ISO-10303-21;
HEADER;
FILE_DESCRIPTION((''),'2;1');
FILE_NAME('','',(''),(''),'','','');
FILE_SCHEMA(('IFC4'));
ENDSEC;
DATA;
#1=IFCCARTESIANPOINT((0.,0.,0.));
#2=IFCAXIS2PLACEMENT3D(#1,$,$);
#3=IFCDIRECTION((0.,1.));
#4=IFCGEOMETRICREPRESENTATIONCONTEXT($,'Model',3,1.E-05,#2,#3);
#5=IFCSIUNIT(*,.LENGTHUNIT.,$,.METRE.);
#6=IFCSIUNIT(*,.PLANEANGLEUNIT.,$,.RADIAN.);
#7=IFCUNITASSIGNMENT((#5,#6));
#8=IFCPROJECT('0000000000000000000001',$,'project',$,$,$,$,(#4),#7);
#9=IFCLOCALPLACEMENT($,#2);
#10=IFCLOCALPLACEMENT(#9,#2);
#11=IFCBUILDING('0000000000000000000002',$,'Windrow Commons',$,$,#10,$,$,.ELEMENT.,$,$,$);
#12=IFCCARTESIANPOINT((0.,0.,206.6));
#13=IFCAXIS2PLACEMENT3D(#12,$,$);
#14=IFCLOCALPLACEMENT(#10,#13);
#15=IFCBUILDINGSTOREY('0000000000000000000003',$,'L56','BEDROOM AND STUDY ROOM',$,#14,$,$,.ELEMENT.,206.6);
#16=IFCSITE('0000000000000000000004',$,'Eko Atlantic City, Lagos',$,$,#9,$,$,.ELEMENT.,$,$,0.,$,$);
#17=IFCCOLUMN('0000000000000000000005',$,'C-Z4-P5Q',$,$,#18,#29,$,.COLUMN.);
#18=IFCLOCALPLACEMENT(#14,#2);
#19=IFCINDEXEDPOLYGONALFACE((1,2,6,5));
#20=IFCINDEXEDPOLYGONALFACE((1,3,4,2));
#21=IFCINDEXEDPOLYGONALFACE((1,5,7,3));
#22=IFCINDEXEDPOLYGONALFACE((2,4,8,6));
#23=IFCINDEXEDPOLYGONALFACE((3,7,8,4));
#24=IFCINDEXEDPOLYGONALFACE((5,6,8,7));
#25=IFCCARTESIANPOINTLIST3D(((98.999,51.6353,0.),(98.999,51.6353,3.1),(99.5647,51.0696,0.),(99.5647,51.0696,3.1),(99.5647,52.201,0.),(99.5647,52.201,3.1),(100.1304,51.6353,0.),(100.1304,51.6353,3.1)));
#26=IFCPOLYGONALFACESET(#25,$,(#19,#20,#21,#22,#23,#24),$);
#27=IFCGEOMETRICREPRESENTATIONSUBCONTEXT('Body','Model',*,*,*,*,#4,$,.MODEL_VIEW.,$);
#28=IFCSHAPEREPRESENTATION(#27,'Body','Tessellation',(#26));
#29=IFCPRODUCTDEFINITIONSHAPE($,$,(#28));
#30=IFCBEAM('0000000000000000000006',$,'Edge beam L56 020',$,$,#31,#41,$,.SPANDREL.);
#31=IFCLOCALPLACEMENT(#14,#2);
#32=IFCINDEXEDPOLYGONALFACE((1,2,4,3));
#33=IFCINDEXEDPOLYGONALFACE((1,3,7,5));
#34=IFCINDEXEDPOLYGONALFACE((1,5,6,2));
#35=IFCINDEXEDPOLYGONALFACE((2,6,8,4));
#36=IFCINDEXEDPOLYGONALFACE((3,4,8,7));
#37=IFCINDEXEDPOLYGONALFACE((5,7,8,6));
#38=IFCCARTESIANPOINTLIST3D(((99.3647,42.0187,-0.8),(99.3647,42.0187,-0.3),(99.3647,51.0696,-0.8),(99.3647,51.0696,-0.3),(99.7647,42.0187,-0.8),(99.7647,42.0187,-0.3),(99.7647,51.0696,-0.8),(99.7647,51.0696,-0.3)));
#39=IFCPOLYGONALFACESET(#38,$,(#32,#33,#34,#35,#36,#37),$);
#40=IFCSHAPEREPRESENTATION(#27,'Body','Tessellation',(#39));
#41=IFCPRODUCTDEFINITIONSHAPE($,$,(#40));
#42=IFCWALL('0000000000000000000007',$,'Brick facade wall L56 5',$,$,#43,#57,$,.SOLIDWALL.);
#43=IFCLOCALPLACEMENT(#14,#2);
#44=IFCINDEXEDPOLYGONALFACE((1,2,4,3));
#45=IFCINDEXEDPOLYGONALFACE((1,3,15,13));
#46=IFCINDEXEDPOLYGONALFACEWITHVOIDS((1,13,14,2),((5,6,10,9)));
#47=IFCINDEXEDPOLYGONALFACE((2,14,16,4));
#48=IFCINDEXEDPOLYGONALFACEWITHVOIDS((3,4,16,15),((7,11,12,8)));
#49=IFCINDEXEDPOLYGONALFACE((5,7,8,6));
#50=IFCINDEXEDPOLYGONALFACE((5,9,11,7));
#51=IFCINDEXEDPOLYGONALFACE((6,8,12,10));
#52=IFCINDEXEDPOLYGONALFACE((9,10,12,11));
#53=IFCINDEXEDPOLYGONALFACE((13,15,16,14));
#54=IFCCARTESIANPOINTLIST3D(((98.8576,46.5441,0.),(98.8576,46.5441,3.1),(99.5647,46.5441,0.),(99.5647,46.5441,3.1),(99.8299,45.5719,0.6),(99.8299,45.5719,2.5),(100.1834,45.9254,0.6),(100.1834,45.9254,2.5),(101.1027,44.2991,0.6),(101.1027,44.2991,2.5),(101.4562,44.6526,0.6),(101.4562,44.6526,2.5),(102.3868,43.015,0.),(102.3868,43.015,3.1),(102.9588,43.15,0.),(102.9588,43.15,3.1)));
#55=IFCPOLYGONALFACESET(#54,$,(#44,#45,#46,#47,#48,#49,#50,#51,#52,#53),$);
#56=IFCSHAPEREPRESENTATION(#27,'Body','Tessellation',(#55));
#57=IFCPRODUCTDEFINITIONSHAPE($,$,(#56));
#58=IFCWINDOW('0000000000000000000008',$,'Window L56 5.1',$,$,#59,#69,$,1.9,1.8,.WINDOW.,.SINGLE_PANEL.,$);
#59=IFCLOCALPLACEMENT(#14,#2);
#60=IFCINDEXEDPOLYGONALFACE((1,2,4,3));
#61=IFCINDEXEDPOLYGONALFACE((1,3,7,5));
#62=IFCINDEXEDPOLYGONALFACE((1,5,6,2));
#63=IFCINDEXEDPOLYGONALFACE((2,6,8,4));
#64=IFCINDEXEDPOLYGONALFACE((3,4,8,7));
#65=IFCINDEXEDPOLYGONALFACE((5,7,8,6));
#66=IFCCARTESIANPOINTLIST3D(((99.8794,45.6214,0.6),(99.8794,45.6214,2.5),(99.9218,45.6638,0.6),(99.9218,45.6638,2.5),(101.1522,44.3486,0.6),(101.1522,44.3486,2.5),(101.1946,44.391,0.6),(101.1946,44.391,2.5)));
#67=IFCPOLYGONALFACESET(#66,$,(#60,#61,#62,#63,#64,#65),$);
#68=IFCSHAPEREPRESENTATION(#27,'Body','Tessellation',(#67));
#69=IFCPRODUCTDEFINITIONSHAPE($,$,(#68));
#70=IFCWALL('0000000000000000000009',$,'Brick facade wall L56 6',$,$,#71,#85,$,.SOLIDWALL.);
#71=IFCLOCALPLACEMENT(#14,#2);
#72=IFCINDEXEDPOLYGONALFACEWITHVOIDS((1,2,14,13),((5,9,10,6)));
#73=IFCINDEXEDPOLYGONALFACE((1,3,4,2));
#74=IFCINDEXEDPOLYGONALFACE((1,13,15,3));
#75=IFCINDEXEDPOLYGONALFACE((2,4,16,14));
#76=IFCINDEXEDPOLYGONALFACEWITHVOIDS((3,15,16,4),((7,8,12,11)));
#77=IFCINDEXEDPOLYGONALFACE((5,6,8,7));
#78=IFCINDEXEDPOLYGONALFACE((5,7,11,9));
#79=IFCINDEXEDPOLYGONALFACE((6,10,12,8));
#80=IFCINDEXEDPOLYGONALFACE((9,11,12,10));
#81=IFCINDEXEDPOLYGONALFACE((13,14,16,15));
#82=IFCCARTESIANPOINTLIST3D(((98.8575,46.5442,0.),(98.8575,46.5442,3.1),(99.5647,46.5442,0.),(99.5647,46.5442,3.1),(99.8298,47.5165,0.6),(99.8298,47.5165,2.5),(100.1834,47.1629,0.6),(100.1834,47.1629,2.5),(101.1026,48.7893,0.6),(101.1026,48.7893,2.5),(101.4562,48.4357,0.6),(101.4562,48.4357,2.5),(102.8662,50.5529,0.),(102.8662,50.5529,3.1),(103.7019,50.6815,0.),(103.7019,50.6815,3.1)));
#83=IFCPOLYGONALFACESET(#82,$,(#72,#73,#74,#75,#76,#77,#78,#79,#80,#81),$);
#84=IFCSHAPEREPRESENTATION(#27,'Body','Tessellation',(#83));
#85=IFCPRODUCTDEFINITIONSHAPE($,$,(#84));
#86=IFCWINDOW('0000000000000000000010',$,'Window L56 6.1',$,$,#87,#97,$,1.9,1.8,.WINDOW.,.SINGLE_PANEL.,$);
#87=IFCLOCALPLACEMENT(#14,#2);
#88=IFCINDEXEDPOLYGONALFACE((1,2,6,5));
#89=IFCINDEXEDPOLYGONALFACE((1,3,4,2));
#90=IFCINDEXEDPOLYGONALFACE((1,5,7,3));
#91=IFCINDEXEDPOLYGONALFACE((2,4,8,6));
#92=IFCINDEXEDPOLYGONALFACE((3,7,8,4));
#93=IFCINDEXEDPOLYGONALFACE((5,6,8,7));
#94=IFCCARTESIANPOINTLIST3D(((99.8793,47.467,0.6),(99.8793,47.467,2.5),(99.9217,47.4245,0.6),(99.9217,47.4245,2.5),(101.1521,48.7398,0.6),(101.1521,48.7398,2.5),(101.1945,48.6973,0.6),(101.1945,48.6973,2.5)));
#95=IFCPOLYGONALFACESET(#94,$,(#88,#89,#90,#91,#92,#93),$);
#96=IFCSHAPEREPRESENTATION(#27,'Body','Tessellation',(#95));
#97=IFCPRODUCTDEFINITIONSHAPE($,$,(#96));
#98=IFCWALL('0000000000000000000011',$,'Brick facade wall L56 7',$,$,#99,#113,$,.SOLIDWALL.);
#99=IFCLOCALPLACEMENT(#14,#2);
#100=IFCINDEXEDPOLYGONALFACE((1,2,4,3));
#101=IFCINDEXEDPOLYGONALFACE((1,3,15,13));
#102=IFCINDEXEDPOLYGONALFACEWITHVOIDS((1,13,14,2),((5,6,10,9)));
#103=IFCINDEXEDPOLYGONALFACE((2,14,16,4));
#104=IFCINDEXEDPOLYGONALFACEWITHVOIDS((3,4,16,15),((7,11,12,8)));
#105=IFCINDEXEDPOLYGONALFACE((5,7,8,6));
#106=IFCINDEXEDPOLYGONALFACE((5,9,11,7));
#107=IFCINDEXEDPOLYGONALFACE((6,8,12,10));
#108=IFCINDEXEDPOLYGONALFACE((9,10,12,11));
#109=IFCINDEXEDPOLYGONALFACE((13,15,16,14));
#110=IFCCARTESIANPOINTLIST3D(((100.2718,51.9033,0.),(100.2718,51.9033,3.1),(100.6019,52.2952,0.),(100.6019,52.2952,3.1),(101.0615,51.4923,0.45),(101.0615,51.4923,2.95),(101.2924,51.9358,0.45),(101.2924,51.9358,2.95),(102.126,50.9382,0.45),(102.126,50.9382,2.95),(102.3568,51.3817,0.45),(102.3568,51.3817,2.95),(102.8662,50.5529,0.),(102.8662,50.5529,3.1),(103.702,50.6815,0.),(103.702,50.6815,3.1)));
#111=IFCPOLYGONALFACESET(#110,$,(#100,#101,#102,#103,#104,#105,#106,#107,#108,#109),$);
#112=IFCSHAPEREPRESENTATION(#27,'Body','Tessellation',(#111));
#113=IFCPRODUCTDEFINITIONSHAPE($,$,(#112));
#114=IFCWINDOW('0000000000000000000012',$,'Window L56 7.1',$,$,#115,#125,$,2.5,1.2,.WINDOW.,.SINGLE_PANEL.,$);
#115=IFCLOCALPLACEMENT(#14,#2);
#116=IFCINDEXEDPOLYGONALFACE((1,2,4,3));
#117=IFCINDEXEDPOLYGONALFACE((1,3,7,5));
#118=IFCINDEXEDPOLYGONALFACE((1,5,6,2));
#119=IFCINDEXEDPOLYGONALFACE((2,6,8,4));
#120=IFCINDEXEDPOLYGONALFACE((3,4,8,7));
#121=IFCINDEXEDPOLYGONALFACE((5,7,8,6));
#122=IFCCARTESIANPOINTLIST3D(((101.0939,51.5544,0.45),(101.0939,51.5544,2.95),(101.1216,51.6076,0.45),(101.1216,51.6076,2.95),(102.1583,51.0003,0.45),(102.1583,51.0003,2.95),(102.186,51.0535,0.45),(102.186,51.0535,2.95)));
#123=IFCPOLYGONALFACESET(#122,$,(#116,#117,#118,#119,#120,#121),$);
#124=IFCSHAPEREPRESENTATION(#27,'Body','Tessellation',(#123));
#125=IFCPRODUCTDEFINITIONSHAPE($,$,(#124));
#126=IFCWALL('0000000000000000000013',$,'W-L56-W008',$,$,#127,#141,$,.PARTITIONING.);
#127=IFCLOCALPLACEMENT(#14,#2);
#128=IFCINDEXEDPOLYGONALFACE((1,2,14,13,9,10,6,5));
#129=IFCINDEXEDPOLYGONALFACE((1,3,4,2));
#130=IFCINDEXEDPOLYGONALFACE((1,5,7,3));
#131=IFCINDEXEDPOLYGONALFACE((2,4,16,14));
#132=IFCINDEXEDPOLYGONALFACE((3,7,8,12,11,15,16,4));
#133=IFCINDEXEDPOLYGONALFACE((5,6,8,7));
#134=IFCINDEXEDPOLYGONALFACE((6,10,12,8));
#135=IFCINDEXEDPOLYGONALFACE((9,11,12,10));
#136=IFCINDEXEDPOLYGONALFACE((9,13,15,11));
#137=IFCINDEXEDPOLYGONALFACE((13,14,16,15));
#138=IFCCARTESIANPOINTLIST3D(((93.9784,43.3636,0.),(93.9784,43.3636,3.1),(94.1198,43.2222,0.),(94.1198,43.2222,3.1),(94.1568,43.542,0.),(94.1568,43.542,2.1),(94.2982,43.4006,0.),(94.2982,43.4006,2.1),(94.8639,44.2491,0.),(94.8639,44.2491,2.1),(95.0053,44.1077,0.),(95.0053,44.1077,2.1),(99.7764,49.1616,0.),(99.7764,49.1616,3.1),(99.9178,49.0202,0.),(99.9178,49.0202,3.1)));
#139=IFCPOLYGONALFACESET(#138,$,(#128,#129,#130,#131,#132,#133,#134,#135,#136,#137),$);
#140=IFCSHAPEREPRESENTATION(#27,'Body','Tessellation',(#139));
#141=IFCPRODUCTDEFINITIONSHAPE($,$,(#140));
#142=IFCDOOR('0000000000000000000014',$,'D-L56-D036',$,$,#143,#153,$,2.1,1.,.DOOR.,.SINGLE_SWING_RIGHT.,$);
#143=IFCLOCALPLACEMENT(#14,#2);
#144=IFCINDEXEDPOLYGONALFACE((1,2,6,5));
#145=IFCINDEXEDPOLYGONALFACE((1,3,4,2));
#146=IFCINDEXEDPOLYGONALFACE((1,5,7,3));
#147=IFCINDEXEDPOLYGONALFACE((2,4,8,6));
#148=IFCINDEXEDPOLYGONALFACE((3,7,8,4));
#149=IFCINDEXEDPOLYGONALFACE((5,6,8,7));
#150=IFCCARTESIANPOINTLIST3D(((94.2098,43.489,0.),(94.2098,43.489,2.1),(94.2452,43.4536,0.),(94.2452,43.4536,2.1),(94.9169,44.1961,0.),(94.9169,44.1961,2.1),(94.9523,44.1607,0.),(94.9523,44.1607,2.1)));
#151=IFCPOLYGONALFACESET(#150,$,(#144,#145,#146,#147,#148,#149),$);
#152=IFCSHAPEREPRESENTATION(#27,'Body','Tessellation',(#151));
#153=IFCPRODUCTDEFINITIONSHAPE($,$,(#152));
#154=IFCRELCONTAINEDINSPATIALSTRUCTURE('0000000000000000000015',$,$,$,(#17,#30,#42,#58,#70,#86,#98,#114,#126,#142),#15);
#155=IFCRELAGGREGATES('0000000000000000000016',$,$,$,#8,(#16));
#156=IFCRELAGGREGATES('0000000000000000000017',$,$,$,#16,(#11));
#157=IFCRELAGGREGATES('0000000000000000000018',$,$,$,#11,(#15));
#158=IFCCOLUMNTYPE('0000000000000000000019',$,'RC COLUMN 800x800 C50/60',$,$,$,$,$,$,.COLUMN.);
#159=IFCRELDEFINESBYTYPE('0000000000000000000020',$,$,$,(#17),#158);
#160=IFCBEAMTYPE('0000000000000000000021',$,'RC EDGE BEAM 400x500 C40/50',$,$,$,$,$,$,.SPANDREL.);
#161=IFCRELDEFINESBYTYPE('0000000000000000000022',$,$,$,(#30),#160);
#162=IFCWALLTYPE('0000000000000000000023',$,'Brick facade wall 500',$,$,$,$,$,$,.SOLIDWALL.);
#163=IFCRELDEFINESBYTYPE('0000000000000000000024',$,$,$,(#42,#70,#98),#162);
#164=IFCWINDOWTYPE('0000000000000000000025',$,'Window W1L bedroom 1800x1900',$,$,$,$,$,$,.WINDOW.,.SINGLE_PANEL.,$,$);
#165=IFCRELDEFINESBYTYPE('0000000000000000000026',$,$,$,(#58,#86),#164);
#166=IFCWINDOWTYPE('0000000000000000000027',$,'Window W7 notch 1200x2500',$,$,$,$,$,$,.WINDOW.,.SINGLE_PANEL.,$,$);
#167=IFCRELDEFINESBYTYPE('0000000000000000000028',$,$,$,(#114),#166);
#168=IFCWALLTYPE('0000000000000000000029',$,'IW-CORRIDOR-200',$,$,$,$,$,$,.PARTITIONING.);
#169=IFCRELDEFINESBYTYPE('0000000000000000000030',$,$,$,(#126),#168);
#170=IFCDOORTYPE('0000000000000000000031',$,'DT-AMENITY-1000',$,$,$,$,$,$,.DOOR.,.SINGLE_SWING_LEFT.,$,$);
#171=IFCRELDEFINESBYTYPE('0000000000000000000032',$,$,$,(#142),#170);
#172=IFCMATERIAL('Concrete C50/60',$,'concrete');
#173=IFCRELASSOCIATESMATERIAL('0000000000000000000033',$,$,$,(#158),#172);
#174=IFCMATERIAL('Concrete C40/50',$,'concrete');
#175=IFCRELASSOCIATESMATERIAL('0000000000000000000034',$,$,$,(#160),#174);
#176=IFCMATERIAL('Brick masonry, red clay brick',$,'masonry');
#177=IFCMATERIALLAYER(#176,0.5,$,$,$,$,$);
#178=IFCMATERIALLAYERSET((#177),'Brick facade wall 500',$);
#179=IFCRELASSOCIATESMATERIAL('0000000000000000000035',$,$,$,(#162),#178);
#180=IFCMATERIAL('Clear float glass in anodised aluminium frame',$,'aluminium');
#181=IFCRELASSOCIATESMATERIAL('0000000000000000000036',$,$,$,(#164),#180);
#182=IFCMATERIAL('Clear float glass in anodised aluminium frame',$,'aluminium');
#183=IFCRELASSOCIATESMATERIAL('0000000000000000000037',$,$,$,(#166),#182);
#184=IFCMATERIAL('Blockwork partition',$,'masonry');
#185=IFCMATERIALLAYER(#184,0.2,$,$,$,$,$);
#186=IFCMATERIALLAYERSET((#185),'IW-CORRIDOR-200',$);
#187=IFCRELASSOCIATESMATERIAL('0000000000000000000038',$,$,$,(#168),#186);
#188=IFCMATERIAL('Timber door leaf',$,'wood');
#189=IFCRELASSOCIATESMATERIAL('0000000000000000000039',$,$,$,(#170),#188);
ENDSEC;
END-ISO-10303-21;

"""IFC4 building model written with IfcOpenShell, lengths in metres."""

from ifc_helpers import new_model, si_unit, direction, frame, frame_2d, origin, origin_2d, place, context, subcontext, project, spatial, polyline, rectangle, outline, extrude, material, layer, layer_set, material_profile, profile_set, type_object, element, fill, save


model = new_model("IFC4")

# Units and contexts
model_context = context("Model", 3, precision=1e-05, world=origin(), true_north=direction((0.0, 1.0)))
body_context = subcontext(model_context, "Body", "Model", "MODEL_VIEW")
ifc_project = project(units=[si_unit("LENGTHUNIT", "METRE"), si_unit("PLANEANGLEUNIT", "RADIAN")], contexts=[model_context])

# Site, building, storey
site_placement = place(None, origin())
site = spatial("IfcSite", under=ifc_project, at=site_placement, Name="Eko Atlantic City, Lagos", CompositionType="ELEMENT", RefElevation=0.0)
building_placement = place(site_placement, origin())
building = spatial("IfcBuilding", under=site, at=building_placement, Name="Windrow Commons", CompositionType="ELEMENT")
storey_placement = place(building_placement, frame((0.0, 0.0, 206.6)))
storey = spatial("IfcBuildingStorey", under=building, at=storey_placement, Name="L56", Description="BEDROOM AND STUDY ROOM", CompositionType="ELEMENT", Elevation=206.6)

# Column
ifc_material_1 = material(Name="Concrete C50/60", Category="concrete")
ifc_material_profile_1 = material_profile(ifc_material_1, rectangle(XDim=0.8, YDim=0.8, at=origin_2d()))
ifc_profile_set_1 = profile_set([ifc_material_profile_1], Name="Concrete C50/60")
column_type = type_object("IfcColumnType", Name="RC COLUMN 800x800 C50/60", PredefinedType="COLUMN", material=ifc_profile_set_1)
column_placement = place(storey_placement, frame((99.5647, 51.6353, 0.0), z_axis=(0.0, 0.0, 1.0), x_axis=(0.707107, -0.707107, 0.0)))
element("IfcColumn", 1, at=column_placement, inside=storey, type_object=column_type, Name="C-Z4-P5Q", PredefinedType="COLUMN", context=body_context, shape_type="SweptSolid", body=[
    extrude(rectangle(XDim=0.8, YDim=0.8, at=origin_2d()), origin(), (0.0, 0.0, 1.0), 3.1),
])

# Beam
ifc_material_2 = material(Name="Concrete C40/50", Category="concrete")
ifc_material_profile_2 = material_profile(ifc_material_2, rectangle(XDim=0.4, YDim=0.5, at=origin_2d()))
ifc_profile_set_2 = profile_set([ifc_material_profile_2], Name="Concrete C40/50")
beam_type = type_object("IfcBeamType", Name="RC EDGE BEAM 400x500 C40/50", PredefinedType="SPANDREL", material=ifc_profile_set_2)
beam_placement = place(storey_placement, frame((99.5647, 51.0696, -0.55), z_axis=(0.0, -1.0, 0.0), x_axis=(1.0, 0.0, 0.0)))
element("IfcBeam", 2, at=beam_placement, inside=storey, type_object=beam_type, Name="Edge beam L56 020", PredefinedType="SPANDREL", context=body_context, shape_type="SweptSolid", body=[
    extrude(rectangle(XDim=0.4, YDim=0.5, at=origin_2d()), origin(), (0.0, 0.0, 1.0), 9.0509),
])

# Walls, openings, windows
ifc_material_3 = material(Name="Brick masonry, red clay brick", Category="masonry")
ifc_layer_1 = layer(ifc_material_3, 0.5)
ifc_layer_set_1 = layer_set([ifc_layer_1], Name="Brick facade wall 500")
wall_type_1 = type_object("IfcWallType", Name="Brick facade wall 500", PredefinedType="SOLIDWALL", material=ifc_layer_set_1)
wall_1_placement = place(storey_placement, frame((102.6728, 43.0825, 0.0), z_axis=(0.0, 0.0, 1.0), x_axis=(-0.707107, 0.707107, 0.0)))
wall_1 = element("IfcWall", 3, at=wall_1_placement, inside=storey, type_object=wall_type_1, Name="Brick facade wall L56 5", PredefinedType="SOLIDWALL", context=body_context, shape_type="SweptSolid", body=[
    extrude(outline(polyline([(-0.1545, -0.25), (4.6455, -0.25), (5.1455, 0.25), (0.1545, 0.25), (-0.1545, -0.25)])), origin(), (0.0, 0.0, 1.0), 3.1),
])
opening_1_placement = place(wall_1_placement, frame((1.9705, 0.0, 0.6)))
opening_1 = element("IfcOpeningElement", 4, at=opening_1_placement, cuts=wall_1, PredefinedType="OPENING", context=body_context, shape_type="SweptSolid", body=[
    extrude(rectangle(XDim=1.8, YDim=1.9, at=frame_2d((0.9, 0.95))), frame((0.0, 0.26, 0.0), z_axis=(0.0, -1.0, 0.0), x_axis=(1.0, 0.0, 0.0)), (0.0, 0.0, 1.0), 0.52),
])
ifc_material_4 = material(Name="Clear float glass in anodised aluminium frame", Category="aluminium")
window_type_1 = type_object("IfcWindowType", Name="Window W1L bedroom 1800x1900", PartitioningType="SINGLE_PANEL", PredefinedType="WINDOW", material=ifc_material_4)
window_1_placement = place(opening_1_placement, origin())
window_1 = element("IfcWindow", 5, at=window_1_placement, inside=storey, type_object=window_type_1, Name="Window L56 5.1", OverallHeight=1.9, OverallWidth=1.8, PartitioningType="SINGLE_PANEL", PredefinedType="WINDOW", context=body_context, shape_type="SweptSolid", body=[
    extrude(rectangle(XDim=1.8, YDim=1.9, at=frame_2d((0.9, 0.95))), frame((0.0, 0.18, 0.0), z_axis=(0.0, -1.0, 0.0), x_axis=(1.0, 0.0, 0.0)), (0.0, 0.0, 1.0), 0.06),
])
fill(opening_1, window_1)
wall_2_placement = place(storey_placement, frame((99.2111, 46.5442, 0.0), z_axis=(0.0, 0.0, 1.0), x_axis=(0.707107, 0.707107, 0.0)))
wall_2 = element("IfcWall", 6, at=wall_2_placement, inside=storey, type_object=wall_type_1, Name="Brick facade wall L56 6", PredefinedType="SOLIDWALL", context=body_context, shape_type="SweptSolid", body=[
    extrude(outline(polyline([(0.25, -0.25), (6.101, -0.25), (5.4191, 0.25), (-0.25, 0.25), (0.25, -0.25)])), origin(), (0.0, 0.0, 1.0), 3.1),
])
opening_2_placement = place(wall_2_placement, frame((1.125, 0.0, 0.6)))
opening_2 = element("IfcOpeningElement", 7, at=opening_2_placement, cuts=wall_2, PredefinedType="OPENING", context=body_context, shape_type="SweptSolid", body=[
    extrude(rectangle(XDim=1.8, YDim=1.9, at=frame_2d((0.9, 0.95))), frame((0.0, 0.26, 0.0), z_axis=(0.0, -1.0, 0.0), x_axis=(1.0, 0.0, 0.0)), (0.0, 0.0, 1.0), 0.52),
])
window_2_placement = place(opening_2_placement, origin())
window_2 = element("IfcWindow", 8, at=window_2_placement, inside=storey, type_object=window_type_1, Name="Window L56 6.1", OverallHeight=1.9, OverallWidth=1.8, PartitioningType="SINGLE_PANEL", PredefinedType="WINDOW", context=body_context, shape_type="SweptSolid", body=[
    extrude(rectangle(XDim=1.8, YDim=1.9, at=frame_2d((0.9, 0.95))), frame((0.0, 0.18, 0.0), z_axis=(0.0, -1.0, 0.0), x_axis=(1.0, 0.0, 0.0)), (0.0, 0.0, 1.0), 0.06),
])
fill(opening_2, window_2)
wall_3_placement = place(storey_placement, frame((103.2841, 50.6172, 0.0), z_axis=(0.0, 0.0, 1.0), x_axis=(-0.887025, 0.461722, 0.0)))
wall_3 = element("IfcWall", 9, at=wall_3_placement, inside=storey, type_object=wall_type_1, Name="Brick facade wall L56 7", PredefinedType="SOLIDWALL", context=body_context, shape_type="SweptSolid", body=[
    extrude(outline(polyline([(-0.341, -0.25), (3.154, -0.25), (3.2658, 0.25), (0.341, 0.25), (-0.341, -0.25)])), origin(), (0.0, 0.0, 1.0), 3.1),
])
opening_3_placement = place(wall_3_placement, frame((1.1755, 0.0, 0.45)))
opening_3 = element("IfcOpeningElement", 10, at=opening_3_placement, cuts=wall_3, PredefinedType="OPENING", context=body_context, shape_type="SweptSolid", body=[
    extrude(rectangle(XDim=1.2, YDim=2.5, at=frame_2d((0.6, 1.25))), frame((0.0, 0.26, 0.0), z_axis=(0.0, -1.0, 0.0), x_axis=(1.0, 0.0, 0.0)), (0.0, 0.0, 1.0), 0.52),
])
ifc_material_5 = material(Name="Clear float glass in anodised aluminium frame", Category="aluminium")
window_type_2 = type_object("IfcWindowType", Name="Window W7 notch 1200x2500", PartitioningType="SINGLE_PANEL", PredefinedType="WINDOW", material=ifc_material_5)
window_3_placement = place(opening_3_placement, origin())
window_3 = element("IfcWindow", 11, at=window_3_placement, inside=storey, type_object=window_type_2, Name="Window L56 7.1", OverallHeight=2.5, OverallWidth=1.2, PartitioningType="SINGLE_PANEL", PredefinedType="WINDOW", context=body_context, shape_type="SweptSolid", body=[
    extrude(rectangle(XDim=1.2, YDim=2.5, at=frame_2d((0.6, 1.25))), frame((0.0, 0.18, 0.0), z_axis=(0.0, -1.0, 0.0), x_axis=(1.0, 0.0, 0.0)), (0.0, 0.0, 1.0), 0.06),
])
fill(opening_3, window_3)

# Wall, opening, door
ifc_material_6 = material(Name="Blockwork partition", Category="masonry")
ifc_layer_2 = layer(ifc_material_6, 0.2)
ifc_layer_set_2 = layer_set([ifc_layer_2], Name="IW-CORRIDOR-200")
wall_type_2 = type_object("IfcWallType", Name="IW-CORRIDOR-200", PredefinedType="PARTITIONING", material=ifc_layer_set_2)
wall_4_placement = place(storey_placement, frame((94.0491, 43.2929, 0.0), z_axis=(0.0, 0.0, 1.0), x_axis=(0.707107, 0.707107, 0.0)))
wall_4 = element("IfcWall", 12, at=wall_4_placement, inside=storey, type_object=wall_type_2, Name="W-L56-W008", PredefinedType="PARTITIONING", context=body_context, shape_type="SweptSolid", body=[
    extrude(rectangle(XDim=8.1996, YDim=0.2, at=frame_2d((4.0998, 0.0))), origin(), (0.0, 0.0, 1.0), 3.1),
])
opening_4_placement = place(wall_4_placement, frame((0.2523, 0.0, 0.0)))
opening_4 = element("IfcOpeningElement", 13, at=opening_4_placement, cuts=wall_4, PredefinedType="OPENING", context=body_context, shape_type="SweptSolid", body=[
    extrude(rectangle(XDim=1.0, YDim=2.1, at=frame_2d((0.5, 1.05))), frame((0.0, 0.11, 0.0), z_axis=(0.0, -1.0, 0.0), x_axis=(1.0, 0.0, 0.0)), (0.0, 0.0, 1.0), 0.22),
])
ifc_material_7 = material(Name="Timber door leaf", Category="wood")
door_type_1 = type_object("IfcDoorType", Name="DT-AMENITY-1000", OperationType="SINGLE_SWING_LEFT", PredefinedType="DOOR", material=ifc_material_7)
door_1_placement = place(opening_4_placement, origin())
door_1 = element("IfcDoor", 14, at=door_1_placement, inside=storey, type_object=door_type_1, Name="D-L56-D036", OperationType="SINGLE_SWING_RIGHT", OverallHeight=2.1, OverallWidth=1.0, PredefinedType="DOOR", context=body_context, shape_type="SweptSolid", body=[
    extrude(rectangle(XDim=1.0, YDim=2.1, at=frame_2d((0.5, 1.05))), frame((0.0, 0.025, 0.0), z_axis=(0.0, -1.0, 0.0), x_axis=(1.0, 0.0, 0.0)), (0.0, 0.0, 1.0), 0.05),
])
fill(opening_4, door_1)

save(model, "model.ifc")
